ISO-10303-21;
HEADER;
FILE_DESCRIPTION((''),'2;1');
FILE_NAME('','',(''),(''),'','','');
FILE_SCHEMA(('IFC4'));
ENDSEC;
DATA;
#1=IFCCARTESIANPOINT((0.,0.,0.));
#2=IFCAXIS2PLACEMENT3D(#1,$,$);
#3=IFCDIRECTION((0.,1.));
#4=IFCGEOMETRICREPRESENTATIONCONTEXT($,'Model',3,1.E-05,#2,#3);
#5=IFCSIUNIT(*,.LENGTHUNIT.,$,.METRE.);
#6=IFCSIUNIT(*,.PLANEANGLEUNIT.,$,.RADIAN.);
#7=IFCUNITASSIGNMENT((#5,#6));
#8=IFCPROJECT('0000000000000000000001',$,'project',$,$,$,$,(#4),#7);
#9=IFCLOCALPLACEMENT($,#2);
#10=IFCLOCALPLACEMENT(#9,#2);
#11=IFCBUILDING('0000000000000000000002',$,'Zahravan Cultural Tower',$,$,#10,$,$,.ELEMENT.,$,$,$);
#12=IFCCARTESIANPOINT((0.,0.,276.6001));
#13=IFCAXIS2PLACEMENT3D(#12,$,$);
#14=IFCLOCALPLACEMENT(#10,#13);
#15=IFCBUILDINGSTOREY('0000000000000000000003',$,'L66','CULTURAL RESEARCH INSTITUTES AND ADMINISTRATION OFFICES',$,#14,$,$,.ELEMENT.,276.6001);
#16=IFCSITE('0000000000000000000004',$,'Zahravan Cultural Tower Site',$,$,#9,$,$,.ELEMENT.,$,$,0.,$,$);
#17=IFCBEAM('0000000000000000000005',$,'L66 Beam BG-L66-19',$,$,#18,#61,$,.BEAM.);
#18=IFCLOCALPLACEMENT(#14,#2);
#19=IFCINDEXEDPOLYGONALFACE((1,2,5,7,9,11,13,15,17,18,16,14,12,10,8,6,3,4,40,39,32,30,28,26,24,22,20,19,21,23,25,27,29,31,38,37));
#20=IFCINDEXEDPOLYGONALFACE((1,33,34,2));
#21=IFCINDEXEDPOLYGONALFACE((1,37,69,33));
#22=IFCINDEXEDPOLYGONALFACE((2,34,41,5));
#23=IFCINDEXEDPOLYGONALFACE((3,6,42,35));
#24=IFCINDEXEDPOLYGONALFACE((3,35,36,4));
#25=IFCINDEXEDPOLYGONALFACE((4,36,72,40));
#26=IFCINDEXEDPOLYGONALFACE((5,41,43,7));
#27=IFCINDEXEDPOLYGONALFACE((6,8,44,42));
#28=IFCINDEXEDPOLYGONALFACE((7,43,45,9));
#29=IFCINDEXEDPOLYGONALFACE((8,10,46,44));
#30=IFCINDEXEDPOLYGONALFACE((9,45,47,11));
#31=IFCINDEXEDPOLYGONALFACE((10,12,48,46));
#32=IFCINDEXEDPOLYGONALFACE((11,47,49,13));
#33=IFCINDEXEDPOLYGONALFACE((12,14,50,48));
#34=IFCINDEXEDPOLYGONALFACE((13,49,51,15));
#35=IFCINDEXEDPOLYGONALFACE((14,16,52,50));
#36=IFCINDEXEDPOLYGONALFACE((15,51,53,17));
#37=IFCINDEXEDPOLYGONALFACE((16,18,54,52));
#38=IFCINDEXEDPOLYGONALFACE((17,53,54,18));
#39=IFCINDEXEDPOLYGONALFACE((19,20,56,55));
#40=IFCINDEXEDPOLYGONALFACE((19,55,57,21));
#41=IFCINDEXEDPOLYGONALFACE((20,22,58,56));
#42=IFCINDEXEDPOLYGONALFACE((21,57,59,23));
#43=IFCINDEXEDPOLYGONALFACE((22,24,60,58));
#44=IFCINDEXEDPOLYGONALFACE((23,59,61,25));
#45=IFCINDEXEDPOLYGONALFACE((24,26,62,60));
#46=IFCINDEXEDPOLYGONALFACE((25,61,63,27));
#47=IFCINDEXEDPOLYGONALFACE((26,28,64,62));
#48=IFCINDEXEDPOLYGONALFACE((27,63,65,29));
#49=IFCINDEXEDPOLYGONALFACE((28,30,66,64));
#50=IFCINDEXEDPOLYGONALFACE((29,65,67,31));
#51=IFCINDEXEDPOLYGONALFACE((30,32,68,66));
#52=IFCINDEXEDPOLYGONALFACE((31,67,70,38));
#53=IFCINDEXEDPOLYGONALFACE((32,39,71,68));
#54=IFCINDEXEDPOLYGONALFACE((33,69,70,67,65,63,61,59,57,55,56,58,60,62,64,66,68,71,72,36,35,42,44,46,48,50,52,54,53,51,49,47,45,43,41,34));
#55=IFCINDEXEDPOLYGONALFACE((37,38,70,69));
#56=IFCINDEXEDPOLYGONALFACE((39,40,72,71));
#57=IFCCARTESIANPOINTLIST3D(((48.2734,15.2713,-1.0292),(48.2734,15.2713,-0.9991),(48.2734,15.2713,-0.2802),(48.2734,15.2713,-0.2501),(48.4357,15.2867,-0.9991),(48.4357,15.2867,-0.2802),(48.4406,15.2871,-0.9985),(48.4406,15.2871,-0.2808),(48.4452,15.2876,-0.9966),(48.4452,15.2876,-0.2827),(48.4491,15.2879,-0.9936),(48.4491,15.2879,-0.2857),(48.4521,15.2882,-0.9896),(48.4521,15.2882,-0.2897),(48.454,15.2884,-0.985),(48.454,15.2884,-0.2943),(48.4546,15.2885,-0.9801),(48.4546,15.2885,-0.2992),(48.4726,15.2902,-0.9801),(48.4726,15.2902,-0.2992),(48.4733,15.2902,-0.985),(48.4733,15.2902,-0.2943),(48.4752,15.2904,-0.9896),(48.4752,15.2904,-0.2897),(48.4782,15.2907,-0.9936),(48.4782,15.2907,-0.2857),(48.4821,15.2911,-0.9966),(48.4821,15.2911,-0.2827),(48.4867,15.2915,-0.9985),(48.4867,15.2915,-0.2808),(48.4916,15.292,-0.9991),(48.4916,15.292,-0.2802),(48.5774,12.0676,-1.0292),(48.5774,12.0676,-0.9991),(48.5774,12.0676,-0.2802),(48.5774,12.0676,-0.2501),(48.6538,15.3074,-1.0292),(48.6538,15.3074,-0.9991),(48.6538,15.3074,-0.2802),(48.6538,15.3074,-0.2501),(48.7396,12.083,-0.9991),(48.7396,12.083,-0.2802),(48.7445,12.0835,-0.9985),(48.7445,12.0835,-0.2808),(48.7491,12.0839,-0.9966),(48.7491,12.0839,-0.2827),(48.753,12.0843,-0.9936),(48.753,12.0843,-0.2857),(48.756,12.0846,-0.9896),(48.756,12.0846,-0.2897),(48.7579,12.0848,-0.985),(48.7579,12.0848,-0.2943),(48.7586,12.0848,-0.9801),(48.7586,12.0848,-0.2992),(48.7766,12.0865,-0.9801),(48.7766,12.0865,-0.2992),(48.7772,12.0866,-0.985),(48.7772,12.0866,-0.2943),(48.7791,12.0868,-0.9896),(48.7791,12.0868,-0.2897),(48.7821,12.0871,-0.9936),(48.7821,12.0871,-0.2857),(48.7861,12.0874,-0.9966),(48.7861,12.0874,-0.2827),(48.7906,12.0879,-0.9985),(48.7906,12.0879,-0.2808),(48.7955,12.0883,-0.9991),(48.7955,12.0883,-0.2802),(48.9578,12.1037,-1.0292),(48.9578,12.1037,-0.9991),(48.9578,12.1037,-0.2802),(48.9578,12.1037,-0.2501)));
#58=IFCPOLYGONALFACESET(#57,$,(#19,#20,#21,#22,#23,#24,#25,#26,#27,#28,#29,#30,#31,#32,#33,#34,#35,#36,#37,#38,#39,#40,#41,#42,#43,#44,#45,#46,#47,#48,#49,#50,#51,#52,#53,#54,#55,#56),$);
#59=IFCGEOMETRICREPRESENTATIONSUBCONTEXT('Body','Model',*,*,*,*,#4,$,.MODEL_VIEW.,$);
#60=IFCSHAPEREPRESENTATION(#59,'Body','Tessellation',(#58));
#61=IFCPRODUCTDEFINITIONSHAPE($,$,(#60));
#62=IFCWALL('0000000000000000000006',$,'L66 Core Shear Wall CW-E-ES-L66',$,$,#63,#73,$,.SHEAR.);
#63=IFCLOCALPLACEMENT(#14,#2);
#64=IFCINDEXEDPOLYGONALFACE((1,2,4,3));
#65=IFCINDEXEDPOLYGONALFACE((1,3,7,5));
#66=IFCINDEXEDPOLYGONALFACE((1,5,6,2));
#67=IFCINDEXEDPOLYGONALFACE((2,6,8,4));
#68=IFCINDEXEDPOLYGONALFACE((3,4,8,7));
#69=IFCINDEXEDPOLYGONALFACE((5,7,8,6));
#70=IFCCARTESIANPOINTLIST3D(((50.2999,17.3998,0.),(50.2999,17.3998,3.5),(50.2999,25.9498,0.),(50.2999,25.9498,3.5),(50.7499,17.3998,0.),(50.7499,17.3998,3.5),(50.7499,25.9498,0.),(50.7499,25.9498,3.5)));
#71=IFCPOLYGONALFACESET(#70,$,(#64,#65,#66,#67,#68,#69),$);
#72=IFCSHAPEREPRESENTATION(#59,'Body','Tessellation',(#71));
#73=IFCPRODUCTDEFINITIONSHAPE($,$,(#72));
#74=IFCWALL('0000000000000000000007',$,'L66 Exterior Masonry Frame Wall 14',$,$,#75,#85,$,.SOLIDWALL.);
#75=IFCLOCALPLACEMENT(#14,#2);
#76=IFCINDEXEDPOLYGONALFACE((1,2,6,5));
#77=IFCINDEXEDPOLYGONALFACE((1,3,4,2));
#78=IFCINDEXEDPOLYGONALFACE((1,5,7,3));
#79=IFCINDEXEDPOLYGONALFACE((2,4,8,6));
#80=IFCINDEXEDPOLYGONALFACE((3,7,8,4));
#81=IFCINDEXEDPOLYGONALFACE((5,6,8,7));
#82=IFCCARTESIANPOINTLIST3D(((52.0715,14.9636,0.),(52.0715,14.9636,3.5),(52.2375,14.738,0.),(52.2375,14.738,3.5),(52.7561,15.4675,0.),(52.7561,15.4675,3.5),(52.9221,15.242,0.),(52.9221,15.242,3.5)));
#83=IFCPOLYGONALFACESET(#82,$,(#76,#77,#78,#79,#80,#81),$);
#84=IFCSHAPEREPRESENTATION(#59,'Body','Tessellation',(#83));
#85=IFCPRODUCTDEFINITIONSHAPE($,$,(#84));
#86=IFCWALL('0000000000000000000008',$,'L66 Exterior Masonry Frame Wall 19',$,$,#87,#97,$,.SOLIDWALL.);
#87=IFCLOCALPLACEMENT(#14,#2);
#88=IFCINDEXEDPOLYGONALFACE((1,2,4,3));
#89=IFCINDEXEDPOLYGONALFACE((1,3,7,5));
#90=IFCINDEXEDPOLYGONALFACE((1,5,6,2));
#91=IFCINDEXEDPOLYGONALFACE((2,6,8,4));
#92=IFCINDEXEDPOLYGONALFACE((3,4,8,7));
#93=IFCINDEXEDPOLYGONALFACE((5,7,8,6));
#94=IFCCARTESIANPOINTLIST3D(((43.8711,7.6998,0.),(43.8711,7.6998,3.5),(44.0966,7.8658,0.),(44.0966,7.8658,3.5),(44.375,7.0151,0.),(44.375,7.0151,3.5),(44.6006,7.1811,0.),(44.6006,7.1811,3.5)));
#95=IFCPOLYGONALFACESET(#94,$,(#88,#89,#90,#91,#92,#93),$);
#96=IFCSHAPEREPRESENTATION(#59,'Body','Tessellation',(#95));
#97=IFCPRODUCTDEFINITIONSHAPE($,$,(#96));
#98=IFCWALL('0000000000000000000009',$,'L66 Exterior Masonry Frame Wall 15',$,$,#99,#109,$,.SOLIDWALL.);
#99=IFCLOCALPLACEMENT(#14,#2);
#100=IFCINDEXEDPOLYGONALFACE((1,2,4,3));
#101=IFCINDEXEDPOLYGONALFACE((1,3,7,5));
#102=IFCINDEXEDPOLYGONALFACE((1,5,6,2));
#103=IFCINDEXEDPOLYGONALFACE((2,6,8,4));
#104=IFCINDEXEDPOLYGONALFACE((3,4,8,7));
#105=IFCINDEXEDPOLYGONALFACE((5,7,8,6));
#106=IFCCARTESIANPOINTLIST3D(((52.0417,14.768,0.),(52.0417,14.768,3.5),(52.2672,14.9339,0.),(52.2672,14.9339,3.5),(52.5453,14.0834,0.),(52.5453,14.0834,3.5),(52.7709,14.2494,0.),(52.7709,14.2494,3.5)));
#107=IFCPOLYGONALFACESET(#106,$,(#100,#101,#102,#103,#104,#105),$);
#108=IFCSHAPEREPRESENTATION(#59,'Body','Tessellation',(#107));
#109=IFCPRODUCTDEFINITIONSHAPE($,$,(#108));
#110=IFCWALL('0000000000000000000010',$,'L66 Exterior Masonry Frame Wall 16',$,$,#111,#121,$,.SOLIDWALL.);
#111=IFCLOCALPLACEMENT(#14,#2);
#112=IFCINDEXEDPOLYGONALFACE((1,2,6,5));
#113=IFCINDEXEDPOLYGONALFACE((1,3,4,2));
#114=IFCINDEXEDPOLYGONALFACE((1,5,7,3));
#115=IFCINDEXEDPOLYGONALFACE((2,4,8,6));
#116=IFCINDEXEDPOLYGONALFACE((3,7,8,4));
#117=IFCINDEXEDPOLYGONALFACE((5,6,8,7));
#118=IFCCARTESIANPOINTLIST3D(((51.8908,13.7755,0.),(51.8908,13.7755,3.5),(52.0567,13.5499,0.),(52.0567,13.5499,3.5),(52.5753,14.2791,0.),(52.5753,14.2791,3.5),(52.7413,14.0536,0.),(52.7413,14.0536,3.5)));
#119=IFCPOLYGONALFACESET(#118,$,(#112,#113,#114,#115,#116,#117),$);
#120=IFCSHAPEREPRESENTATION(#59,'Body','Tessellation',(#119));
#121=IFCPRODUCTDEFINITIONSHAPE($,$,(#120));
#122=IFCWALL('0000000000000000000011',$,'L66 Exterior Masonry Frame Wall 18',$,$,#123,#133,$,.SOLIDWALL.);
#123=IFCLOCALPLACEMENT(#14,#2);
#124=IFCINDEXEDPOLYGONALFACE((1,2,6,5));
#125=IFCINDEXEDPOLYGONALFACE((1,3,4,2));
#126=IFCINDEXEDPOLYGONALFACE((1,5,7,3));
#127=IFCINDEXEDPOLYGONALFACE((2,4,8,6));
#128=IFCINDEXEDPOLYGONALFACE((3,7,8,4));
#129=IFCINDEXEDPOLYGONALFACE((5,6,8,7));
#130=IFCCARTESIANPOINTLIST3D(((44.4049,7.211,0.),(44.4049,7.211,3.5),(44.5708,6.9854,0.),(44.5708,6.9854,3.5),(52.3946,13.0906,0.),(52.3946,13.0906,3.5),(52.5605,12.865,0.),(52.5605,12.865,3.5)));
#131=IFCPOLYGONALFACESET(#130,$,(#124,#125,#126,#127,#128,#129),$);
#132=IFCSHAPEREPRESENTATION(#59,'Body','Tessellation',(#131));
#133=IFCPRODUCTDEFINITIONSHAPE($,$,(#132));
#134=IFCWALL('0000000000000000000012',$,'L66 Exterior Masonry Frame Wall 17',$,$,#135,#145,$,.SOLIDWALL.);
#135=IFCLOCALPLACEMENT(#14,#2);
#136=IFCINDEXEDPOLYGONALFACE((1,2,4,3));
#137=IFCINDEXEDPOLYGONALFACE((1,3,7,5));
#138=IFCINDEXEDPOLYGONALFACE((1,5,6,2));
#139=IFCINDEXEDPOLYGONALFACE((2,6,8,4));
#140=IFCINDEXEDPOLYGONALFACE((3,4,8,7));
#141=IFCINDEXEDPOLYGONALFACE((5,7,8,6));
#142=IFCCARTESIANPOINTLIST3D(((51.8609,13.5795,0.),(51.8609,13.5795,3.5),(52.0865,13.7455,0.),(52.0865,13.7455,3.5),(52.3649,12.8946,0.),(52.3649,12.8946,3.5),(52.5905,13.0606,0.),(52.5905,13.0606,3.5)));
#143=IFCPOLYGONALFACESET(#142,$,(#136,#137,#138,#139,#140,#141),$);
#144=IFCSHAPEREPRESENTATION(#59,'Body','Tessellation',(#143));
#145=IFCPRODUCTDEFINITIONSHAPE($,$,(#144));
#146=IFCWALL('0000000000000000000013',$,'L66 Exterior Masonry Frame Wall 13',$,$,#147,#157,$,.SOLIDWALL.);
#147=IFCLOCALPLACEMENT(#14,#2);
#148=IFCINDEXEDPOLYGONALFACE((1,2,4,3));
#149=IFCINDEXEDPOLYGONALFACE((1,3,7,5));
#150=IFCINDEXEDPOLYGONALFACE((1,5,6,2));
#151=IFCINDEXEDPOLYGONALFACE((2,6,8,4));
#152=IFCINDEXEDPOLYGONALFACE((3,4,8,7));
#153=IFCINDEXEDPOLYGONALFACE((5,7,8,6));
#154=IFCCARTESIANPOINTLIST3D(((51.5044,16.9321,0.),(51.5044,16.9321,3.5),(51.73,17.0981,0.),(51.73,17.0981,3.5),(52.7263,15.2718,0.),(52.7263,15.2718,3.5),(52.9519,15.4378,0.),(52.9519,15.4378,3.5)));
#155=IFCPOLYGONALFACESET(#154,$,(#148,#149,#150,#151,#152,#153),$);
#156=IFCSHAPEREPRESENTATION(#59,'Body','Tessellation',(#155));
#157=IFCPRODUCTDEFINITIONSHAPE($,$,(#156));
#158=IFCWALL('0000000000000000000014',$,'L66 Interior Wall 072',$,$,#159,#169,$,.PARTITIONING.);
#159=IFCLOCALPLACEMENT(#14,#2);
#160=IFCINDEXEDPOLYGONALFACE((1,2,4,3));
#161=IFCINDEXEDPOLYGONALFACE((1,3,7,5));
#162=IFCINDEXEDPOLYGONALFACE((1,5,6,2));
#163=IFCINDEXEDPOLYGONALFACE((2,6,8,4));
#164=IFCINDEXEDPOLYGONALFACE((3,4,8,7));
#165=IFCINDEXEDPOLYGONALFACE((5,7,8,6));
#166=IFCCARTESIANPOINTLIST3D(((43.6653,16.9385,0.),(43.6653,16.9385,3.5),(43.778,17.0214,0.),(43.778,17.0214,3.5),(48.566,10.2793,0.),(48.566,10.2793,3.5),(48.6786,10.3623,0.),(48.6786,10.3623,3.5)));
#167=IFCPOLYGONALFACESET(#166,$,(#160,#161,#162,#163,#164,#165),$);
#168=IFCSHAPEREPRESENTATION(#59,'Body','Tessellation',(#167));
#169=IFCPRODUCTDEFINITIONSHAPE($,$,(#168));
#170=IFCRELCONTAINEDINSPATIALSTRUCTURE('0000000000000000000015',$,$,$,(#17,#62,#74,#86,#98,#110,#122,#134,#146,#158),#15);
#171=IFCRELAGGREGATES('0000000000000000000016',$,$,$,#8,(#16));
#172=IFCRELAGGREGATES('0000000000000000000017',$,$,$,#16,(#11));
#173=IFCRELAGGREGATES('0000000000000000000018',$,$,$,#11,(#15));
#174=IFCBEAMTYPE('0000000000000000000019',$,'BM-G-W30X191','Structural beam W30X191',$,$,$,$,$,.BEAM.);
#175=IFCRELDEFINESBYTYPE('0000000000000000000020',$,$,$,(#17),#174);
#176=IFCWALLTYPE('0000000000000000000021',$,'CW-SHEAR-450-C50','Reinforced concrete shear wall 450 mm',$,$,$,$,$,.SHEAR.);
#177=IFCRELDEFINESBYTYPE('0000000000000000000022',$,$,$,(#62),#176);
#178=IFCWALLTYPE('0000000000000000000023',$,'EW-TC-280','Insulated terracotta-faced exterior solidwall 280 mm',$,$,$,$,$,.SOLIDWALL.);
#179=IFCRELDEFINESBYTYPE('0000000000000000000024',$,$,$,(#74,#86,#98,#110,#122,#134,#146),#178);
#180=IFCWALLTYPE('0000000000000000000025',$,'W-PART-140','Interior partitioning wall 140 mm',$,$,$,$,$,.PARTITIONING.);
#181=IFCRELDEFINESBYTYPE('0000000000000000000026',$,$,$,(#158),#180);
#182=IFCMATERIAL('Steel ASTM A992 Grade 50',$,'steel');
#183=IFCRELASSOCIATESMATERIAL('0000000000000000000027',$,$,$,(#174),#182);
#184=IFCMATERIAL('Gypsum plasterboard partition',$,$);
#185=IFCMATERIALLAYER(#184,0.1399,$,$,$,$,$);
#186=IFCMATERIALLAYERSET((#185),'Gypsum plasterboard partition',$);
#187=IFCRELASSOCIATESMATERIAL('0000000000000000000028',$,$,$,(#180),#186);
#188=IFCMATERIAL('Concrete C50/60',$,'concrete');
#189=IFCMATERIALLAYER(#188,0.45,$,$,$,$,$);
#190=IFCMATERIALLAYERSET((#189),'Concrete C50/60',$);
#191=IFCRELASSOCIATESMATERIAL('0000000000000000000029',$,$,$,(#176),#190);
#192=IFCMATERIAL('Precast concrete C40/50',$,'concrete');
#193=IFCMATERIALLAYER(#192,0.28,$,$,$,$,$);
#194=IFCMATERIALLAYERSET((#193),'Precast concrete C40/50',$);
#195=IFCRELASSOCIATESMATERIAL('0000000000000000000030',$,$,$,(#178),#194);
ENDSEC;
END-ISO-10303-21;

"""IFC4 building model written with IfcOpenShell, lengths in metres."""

from ifc_helpers import new_model, si_unit, direction, frame, frame_2d, origin, origin_2d, place, context, subcontext, project, spatial, rectangle, i_section, extrude, source, transform, mapped, material, layer, layer_set, material_profile, profile_set, type_object, element, save


model = new_model("IFC4")

# Units and contexts
model_context = context("Model", 3, precision=1e-05, world=origin(), true_north=direction((0.0, 1.0)))
body_context = subcontext(model_context, "Body", "Model", "MODEL_VIEW")
ifc_project = project(units=[si_unit("LENGTHUNIT", "METRE"), si_unit("PLANEANGLEUNIT", "RADIAN")], contexts=[model_context])

# Site, building, storey
site_placement = place(None, origin())
site = spatial("IfcSite", under=ifc_project, at=site_placement, Name="Zahravan Cultural Tower Site", CompositionType="ELEMENT", RefElevation=0.0)
building_placement = place(site_placement, origin())
building = spatial("IfcBuilding", under=site, at=building_placement, Name="Zahravan Cultural Tower", CompositionType="ELEMENT")
storey_placement = place(building_placement, frame((0.0, 0.0, 276.6001)))
storey = spatial("IfcBuildingStorey", under=building, at=storey_placement, Name="L66", Description="CULTURAL RESEARCH INSTITUTES AND ADMINISTRATION OFFICES", CompositionType="ELEMENT", Elevation=276.6001)

# Shared definitions
ifc_material_1 = material(Name="Concrete C50/60", Category="concrete")
ifc_material_2 = material(Name="Steel ASTM A992 Grade 50", Category="steel")

# Beam
ifc_material_profile_1 = material_profile(ifc_material_2, i_section(OverallWidth=0.3821, OverallDepth=0.7791, WebThickness=0.0181, FlangeThickness=0.03, FilletRadius=0.019, at=origin_2d()), Name="W30X191")
ifc_profile_set_1 = profile_set([ifc_material_profile_1], Name="Steel ASTM A992 Grade 50")
beam_type = type_object("IfcBeamType", Name="BM-G-W30X191", Description="Structural beam W30X191", PredefinedType="BEAM", material=ifc_profile_set_1)
shared_shape_1 = source(origin(), body_context, "Body", "SweptSolid", [
    extrude(i_section(OverallWidth=0.3821, OverallDepth=0.7791, WebThickness=0.0181, FlangeThickness=0.03, FilletRadius=0.019, at=origin_2d()), origin(), (0.0, 0.0, 1.0), 3.218),
])
beam_1_placement = place(storey_placement, frame((48.4636, 15.2893, -0.6396), z_axis=(0.094455, -0.995529, 0.0), x_axis=(0.995529, 0.094455, 0.0)))
element("IfcBeam", 1, at=beam_1_placement, inside=storey, type_object=beam_type, Name="L66 Beam BG-L66-19", PredefinedType="BEAM", context=body_context, shape_type="MappedRepresentation", body=[
    mapped(shared_shape_1, transform((0.0, 0.0, 0.0), x_axis=(1.0, 0.0, 0.0), y_axis=(0.0, 1.0, 0.0), z_axis=(0.0, 0.0, 1.0), scale=1.0)),
])

# Shared definitions
ifc_material_3 = material(Name="Gypsum plasterboard partition")
ifc_layer_1 = layer(ifc_material_3, 0.1399)
ifc_layer_set_1 = layer_set([ifc_layer_1], Name="Gypsum plasterboard partition")
wall_type_1 = type_object("IfcWallType", Name="W-PART-140", Description="Interior partitioning wall 140 mm", PredefinedType="PARTITIONING", material=ifc_layer_set_1)

# Walls
ifc_layer_2 = layer(ifc_material_1, 0.45)
ifc_layer_set_2 = layer_set([ifc_layer_2], Name="Concrete C50/60")
wall_type_2 = type_object("IfcWallType", Name="CW-SHEAR-450-C50", Description="Reinforced concrete shear wall 450 mm", PredefinedType="SHEAR", material=ifc_layer_set_2)
shared_shape_2 = source(origin(), body_context, "Body", "SweptSolid", [
    extrude(rectangle(XDim=8.55, YDim=0.45, at=frame_2d((4.2749, 0.0))), origin(), (0.0, 0.0, 1.0), 3.5),
])
wall_1_placement = place(storey_placement, frame((50.5249, 17.3999, 0.0), z_axis=(0.0, 0.0, 1.0), x_axis=(0.0, 1.0, 0.0)))
element("IfcWall", 2, at=wall_1_placement, inside=storey, type_object=wall_type_2, Name="L66 Core Shear Wall CW-E-ES-L66", PredefinedType="SHEAR", context=body_context, shape_type="MappedRepresentation", body=[
    mapped(shared_shape_2, transform((0.0, 0.0, 0.0), x_axis=(1.0, 0.0, 0.0), y_axis=(0.0, 1.0, 0.0), z_axis=(0.0, 0.0, 1.0), scale=1.0)),
])
ifc_material_4 = material(Name="Precast concrete C40/50", Category="concrete")
ifc_layer_3 = layer(ifc_material_4, 0.28)
ifc_layer_set_3 = layer_set([ifc_layer_3], Name="Precast concrete C40/50")
wall_type_3 = type_object("IfcWallType", Name="EW-TC-280", Description="Insulated terracotta-faced exterior solidwall 280 mm", PredefinedType="SOLIDWALL", material=ifc_layer_set_3)
shared_shape_3 = source(origin(), body_context, "Body", "SweptSolid", [
    extrude(rectangle(XDim=0.8501, YDim=0.28, at=frame_2d((0.425, 0.0))), origin(), (0.0, 0.0, 1.0), 3.5),
])
for number, where, z_axis, x_axis, name in (
    (3, (52.8391, 15.3547, 0.0), (0.0, 0.0, 1.0), (-0.805345, -0.592807, 0.0), "L66 Exterior Masonry Frame Wall 14"),
    (4, (44.4878, 7.0981, 0.0), (0.0, 0.0, 1.0), (-0.592807, 0.805345, 0.0), "L66 Exterior Masonry Frame Wall 19"),
):
    element("IfcWall", number, at=place(storey_placement, frame(where, z_axis=z_axis, x_axis=x_axis)), inside=storey, type_object=wall_type_3, Name=name, PredefinedType="SOLIDWALL", context=body_context, shape_type="MappedRepresentation", body=[
        mapped(shared_shape_3, transform((0.0, 0.0, 0.0), x_axis=(1.0, 0.0, 0.0), y_axis=(0.0, 1.0, 0.0), z_axis=(0.0, 0.0, 1.0), scale=1.0)),
    ])
shared_shape_4 = source(origin(), body_context, "Body", "SweptSolid", [
    extrude(rectangle(XDim=0.8499, YDim=0.28, at=frame_2d((0.4248, 0.0))), origin(), (0.0, 0.0, 1.0), 3.5),
])
for number, where, z_axis, x_axis, name in (
    (5, (52.1545, 14.8508, 0.0), (0.0, 0.0, 1.0), (0.592621, -0.805482, 0.0), "L66 Exterior Masonry Frame Wall 15"),
    (6, (52.6582, 14.1663, 0.0), (0.0, 0.0, 1.0), (-0.805482, -0.592621, 0.0), "L66 Exterior Masonry Frame Wall 16"),
):
    element("IfcWall", number, at=place(storey_placement, frame(where, z_axis=z_axis, x_axis=x_axis)), inside=storey, type_object=wall_type_3, Name=name, PredefinedType="SOLIDWALL", context=body_context, shape_type="MappedRepresentation", body=[
        mapped(shared_shape_4, transform((0.0, 0.0, 0.0), x_axis=(1.0, 0.0, 0.0), y_axis=(0.0, 1.0, 0.0), z_axis=(0.0, 0.0, 1.0), scale=1.0)),
    ])
shared_shape_5 = source(origin(), body_context, "Body", "SweptSolid", [
    extrude(rectangle(XDim=9.9199, YDim=0.28, at=frame_2d((4.96, 0.0))), origin(), (0.0, 0.0, 1.0), 3.5),
])
wall_2_placement = place(storey_placement, frame((52.4775, 12.9778, 0.0), z_axis=(0.0, 0.0, 1.0), x_axis=(-0.805419, -0.592706, 0.0)))
element("IfcWall", 7, at=wall_2_placement, inside=storey, type_object=wall_type_3, Name="L66 Exterior Masonry Frame Wall 18", PredefinedType="SOLIDWALL", context=body_context, shape_type="MappedRepresentation", body=[
    mapped(shared_shape_5, transform((0.0, 0.0, 0.0), x_axis=(1.0, 0.0, 0.0), y_axis=(0.0, 1.0, 0.0), z_axis=(0.0, 0.0, 1.0), scale=1.0)),
])
shared_shape_6 = source(origin(), body_context, "Body", "SweptSolid", [
    extrude(rectangle(XDim=0.8503, YDim=0.28, at=frame_2d((0.4253, 0.0))), origin(), (0.0, 0.0, 1.0), 3.5),
])
wall_3_placement = place(storey_placement, frame((51.9736, 13.6626, 0.0), z_axis=(0.0, 0.0, 1.0), x_axis=(0.59267, -0.805445, 0.0)))
element("IfcWall", 8, at=wall_3_placement, inside=storey, type_object=wall_type_3, Name="L66 Exterior Masonry Frame Wall 17", PredefinedType="SOLIDWALL", context=body_context, shape_type="MappedRepresentation", body=[
    mapped(shared_shape_6, transform((0.0, 0.0, 0.0), x_axis=(1.0, 0.0, 0.0), y_axis=(0.0, 1.0, 0.0), z_axis=(0.0, 0.0, 1.0), scale=1.0)),
])
shared_shape_7 = source(origin(), body_context, "Body", "SweptSolid", [
    extrude(rectangle(XDim=2.0615, YDim=0.28, at=frame_2d((1.0308, 0.0))), origin(), (0.0, 0.0, 1.0), 3.5),
])
wall_4_placement = place(storey_placement, frame((51.6172, 17.0151, 0.0), z_axis=(0.0, 0.0, 1.0), x_axis=(0.592718, -0.80541, 0.0)))
element("IfcWall", 9, at=wall_4_placement, inside=storey, type_object=wall_type_3, Name="L66 Exterior Masonry Frame Wall 13", PredefinedType="SOLIDWALL", context=body_context, shape_type="MappedRepresentation", body=[
    mapped(shared_shape_7, transform((0.0, 0.0, 0.0), x_axis=(1.0, 0.0, 0.0), y_axis=(0.0, 1.0, 0.0), z_axis=(0.0, 0.0, 1.0), scale=1.0)),
])
shared_shape_8 = source(origin(), body_context, "Body", "SweptSolid", [
    extrude(rectangle(XDim=8.2681, YDim=0.1399, at=frame_2d((4.134, 0.0))), origin(), (0.0, 0.0, 1.0), 3.5),
])
wall_5_placement = place(storey_placement, frame((48.6223, 10.3208, 0.0), z_axis=(0.0, 0.0, 1.0), x_axis=(-0.592718, 0.80541, 0.0)))
element("IfcWall", 10, at=wall_5_placement, inside=storey, type_object=wall_type_1, Name="L66 Interior Wall 072", PredefinedType="PARTITIONING", context=body_context, shape_type="MappedRepresentation", body=[
    mapped(shared_shape_8, transform((0.0, 0.0, 0.0), x_axis=(1.0, 0.0, 0.0), y_axis=(0.0, 1.0, 0.0), z_axis=(0.0, 0.0, 1.0), scale=1.0)),
])

save(model, "model.ifc")
